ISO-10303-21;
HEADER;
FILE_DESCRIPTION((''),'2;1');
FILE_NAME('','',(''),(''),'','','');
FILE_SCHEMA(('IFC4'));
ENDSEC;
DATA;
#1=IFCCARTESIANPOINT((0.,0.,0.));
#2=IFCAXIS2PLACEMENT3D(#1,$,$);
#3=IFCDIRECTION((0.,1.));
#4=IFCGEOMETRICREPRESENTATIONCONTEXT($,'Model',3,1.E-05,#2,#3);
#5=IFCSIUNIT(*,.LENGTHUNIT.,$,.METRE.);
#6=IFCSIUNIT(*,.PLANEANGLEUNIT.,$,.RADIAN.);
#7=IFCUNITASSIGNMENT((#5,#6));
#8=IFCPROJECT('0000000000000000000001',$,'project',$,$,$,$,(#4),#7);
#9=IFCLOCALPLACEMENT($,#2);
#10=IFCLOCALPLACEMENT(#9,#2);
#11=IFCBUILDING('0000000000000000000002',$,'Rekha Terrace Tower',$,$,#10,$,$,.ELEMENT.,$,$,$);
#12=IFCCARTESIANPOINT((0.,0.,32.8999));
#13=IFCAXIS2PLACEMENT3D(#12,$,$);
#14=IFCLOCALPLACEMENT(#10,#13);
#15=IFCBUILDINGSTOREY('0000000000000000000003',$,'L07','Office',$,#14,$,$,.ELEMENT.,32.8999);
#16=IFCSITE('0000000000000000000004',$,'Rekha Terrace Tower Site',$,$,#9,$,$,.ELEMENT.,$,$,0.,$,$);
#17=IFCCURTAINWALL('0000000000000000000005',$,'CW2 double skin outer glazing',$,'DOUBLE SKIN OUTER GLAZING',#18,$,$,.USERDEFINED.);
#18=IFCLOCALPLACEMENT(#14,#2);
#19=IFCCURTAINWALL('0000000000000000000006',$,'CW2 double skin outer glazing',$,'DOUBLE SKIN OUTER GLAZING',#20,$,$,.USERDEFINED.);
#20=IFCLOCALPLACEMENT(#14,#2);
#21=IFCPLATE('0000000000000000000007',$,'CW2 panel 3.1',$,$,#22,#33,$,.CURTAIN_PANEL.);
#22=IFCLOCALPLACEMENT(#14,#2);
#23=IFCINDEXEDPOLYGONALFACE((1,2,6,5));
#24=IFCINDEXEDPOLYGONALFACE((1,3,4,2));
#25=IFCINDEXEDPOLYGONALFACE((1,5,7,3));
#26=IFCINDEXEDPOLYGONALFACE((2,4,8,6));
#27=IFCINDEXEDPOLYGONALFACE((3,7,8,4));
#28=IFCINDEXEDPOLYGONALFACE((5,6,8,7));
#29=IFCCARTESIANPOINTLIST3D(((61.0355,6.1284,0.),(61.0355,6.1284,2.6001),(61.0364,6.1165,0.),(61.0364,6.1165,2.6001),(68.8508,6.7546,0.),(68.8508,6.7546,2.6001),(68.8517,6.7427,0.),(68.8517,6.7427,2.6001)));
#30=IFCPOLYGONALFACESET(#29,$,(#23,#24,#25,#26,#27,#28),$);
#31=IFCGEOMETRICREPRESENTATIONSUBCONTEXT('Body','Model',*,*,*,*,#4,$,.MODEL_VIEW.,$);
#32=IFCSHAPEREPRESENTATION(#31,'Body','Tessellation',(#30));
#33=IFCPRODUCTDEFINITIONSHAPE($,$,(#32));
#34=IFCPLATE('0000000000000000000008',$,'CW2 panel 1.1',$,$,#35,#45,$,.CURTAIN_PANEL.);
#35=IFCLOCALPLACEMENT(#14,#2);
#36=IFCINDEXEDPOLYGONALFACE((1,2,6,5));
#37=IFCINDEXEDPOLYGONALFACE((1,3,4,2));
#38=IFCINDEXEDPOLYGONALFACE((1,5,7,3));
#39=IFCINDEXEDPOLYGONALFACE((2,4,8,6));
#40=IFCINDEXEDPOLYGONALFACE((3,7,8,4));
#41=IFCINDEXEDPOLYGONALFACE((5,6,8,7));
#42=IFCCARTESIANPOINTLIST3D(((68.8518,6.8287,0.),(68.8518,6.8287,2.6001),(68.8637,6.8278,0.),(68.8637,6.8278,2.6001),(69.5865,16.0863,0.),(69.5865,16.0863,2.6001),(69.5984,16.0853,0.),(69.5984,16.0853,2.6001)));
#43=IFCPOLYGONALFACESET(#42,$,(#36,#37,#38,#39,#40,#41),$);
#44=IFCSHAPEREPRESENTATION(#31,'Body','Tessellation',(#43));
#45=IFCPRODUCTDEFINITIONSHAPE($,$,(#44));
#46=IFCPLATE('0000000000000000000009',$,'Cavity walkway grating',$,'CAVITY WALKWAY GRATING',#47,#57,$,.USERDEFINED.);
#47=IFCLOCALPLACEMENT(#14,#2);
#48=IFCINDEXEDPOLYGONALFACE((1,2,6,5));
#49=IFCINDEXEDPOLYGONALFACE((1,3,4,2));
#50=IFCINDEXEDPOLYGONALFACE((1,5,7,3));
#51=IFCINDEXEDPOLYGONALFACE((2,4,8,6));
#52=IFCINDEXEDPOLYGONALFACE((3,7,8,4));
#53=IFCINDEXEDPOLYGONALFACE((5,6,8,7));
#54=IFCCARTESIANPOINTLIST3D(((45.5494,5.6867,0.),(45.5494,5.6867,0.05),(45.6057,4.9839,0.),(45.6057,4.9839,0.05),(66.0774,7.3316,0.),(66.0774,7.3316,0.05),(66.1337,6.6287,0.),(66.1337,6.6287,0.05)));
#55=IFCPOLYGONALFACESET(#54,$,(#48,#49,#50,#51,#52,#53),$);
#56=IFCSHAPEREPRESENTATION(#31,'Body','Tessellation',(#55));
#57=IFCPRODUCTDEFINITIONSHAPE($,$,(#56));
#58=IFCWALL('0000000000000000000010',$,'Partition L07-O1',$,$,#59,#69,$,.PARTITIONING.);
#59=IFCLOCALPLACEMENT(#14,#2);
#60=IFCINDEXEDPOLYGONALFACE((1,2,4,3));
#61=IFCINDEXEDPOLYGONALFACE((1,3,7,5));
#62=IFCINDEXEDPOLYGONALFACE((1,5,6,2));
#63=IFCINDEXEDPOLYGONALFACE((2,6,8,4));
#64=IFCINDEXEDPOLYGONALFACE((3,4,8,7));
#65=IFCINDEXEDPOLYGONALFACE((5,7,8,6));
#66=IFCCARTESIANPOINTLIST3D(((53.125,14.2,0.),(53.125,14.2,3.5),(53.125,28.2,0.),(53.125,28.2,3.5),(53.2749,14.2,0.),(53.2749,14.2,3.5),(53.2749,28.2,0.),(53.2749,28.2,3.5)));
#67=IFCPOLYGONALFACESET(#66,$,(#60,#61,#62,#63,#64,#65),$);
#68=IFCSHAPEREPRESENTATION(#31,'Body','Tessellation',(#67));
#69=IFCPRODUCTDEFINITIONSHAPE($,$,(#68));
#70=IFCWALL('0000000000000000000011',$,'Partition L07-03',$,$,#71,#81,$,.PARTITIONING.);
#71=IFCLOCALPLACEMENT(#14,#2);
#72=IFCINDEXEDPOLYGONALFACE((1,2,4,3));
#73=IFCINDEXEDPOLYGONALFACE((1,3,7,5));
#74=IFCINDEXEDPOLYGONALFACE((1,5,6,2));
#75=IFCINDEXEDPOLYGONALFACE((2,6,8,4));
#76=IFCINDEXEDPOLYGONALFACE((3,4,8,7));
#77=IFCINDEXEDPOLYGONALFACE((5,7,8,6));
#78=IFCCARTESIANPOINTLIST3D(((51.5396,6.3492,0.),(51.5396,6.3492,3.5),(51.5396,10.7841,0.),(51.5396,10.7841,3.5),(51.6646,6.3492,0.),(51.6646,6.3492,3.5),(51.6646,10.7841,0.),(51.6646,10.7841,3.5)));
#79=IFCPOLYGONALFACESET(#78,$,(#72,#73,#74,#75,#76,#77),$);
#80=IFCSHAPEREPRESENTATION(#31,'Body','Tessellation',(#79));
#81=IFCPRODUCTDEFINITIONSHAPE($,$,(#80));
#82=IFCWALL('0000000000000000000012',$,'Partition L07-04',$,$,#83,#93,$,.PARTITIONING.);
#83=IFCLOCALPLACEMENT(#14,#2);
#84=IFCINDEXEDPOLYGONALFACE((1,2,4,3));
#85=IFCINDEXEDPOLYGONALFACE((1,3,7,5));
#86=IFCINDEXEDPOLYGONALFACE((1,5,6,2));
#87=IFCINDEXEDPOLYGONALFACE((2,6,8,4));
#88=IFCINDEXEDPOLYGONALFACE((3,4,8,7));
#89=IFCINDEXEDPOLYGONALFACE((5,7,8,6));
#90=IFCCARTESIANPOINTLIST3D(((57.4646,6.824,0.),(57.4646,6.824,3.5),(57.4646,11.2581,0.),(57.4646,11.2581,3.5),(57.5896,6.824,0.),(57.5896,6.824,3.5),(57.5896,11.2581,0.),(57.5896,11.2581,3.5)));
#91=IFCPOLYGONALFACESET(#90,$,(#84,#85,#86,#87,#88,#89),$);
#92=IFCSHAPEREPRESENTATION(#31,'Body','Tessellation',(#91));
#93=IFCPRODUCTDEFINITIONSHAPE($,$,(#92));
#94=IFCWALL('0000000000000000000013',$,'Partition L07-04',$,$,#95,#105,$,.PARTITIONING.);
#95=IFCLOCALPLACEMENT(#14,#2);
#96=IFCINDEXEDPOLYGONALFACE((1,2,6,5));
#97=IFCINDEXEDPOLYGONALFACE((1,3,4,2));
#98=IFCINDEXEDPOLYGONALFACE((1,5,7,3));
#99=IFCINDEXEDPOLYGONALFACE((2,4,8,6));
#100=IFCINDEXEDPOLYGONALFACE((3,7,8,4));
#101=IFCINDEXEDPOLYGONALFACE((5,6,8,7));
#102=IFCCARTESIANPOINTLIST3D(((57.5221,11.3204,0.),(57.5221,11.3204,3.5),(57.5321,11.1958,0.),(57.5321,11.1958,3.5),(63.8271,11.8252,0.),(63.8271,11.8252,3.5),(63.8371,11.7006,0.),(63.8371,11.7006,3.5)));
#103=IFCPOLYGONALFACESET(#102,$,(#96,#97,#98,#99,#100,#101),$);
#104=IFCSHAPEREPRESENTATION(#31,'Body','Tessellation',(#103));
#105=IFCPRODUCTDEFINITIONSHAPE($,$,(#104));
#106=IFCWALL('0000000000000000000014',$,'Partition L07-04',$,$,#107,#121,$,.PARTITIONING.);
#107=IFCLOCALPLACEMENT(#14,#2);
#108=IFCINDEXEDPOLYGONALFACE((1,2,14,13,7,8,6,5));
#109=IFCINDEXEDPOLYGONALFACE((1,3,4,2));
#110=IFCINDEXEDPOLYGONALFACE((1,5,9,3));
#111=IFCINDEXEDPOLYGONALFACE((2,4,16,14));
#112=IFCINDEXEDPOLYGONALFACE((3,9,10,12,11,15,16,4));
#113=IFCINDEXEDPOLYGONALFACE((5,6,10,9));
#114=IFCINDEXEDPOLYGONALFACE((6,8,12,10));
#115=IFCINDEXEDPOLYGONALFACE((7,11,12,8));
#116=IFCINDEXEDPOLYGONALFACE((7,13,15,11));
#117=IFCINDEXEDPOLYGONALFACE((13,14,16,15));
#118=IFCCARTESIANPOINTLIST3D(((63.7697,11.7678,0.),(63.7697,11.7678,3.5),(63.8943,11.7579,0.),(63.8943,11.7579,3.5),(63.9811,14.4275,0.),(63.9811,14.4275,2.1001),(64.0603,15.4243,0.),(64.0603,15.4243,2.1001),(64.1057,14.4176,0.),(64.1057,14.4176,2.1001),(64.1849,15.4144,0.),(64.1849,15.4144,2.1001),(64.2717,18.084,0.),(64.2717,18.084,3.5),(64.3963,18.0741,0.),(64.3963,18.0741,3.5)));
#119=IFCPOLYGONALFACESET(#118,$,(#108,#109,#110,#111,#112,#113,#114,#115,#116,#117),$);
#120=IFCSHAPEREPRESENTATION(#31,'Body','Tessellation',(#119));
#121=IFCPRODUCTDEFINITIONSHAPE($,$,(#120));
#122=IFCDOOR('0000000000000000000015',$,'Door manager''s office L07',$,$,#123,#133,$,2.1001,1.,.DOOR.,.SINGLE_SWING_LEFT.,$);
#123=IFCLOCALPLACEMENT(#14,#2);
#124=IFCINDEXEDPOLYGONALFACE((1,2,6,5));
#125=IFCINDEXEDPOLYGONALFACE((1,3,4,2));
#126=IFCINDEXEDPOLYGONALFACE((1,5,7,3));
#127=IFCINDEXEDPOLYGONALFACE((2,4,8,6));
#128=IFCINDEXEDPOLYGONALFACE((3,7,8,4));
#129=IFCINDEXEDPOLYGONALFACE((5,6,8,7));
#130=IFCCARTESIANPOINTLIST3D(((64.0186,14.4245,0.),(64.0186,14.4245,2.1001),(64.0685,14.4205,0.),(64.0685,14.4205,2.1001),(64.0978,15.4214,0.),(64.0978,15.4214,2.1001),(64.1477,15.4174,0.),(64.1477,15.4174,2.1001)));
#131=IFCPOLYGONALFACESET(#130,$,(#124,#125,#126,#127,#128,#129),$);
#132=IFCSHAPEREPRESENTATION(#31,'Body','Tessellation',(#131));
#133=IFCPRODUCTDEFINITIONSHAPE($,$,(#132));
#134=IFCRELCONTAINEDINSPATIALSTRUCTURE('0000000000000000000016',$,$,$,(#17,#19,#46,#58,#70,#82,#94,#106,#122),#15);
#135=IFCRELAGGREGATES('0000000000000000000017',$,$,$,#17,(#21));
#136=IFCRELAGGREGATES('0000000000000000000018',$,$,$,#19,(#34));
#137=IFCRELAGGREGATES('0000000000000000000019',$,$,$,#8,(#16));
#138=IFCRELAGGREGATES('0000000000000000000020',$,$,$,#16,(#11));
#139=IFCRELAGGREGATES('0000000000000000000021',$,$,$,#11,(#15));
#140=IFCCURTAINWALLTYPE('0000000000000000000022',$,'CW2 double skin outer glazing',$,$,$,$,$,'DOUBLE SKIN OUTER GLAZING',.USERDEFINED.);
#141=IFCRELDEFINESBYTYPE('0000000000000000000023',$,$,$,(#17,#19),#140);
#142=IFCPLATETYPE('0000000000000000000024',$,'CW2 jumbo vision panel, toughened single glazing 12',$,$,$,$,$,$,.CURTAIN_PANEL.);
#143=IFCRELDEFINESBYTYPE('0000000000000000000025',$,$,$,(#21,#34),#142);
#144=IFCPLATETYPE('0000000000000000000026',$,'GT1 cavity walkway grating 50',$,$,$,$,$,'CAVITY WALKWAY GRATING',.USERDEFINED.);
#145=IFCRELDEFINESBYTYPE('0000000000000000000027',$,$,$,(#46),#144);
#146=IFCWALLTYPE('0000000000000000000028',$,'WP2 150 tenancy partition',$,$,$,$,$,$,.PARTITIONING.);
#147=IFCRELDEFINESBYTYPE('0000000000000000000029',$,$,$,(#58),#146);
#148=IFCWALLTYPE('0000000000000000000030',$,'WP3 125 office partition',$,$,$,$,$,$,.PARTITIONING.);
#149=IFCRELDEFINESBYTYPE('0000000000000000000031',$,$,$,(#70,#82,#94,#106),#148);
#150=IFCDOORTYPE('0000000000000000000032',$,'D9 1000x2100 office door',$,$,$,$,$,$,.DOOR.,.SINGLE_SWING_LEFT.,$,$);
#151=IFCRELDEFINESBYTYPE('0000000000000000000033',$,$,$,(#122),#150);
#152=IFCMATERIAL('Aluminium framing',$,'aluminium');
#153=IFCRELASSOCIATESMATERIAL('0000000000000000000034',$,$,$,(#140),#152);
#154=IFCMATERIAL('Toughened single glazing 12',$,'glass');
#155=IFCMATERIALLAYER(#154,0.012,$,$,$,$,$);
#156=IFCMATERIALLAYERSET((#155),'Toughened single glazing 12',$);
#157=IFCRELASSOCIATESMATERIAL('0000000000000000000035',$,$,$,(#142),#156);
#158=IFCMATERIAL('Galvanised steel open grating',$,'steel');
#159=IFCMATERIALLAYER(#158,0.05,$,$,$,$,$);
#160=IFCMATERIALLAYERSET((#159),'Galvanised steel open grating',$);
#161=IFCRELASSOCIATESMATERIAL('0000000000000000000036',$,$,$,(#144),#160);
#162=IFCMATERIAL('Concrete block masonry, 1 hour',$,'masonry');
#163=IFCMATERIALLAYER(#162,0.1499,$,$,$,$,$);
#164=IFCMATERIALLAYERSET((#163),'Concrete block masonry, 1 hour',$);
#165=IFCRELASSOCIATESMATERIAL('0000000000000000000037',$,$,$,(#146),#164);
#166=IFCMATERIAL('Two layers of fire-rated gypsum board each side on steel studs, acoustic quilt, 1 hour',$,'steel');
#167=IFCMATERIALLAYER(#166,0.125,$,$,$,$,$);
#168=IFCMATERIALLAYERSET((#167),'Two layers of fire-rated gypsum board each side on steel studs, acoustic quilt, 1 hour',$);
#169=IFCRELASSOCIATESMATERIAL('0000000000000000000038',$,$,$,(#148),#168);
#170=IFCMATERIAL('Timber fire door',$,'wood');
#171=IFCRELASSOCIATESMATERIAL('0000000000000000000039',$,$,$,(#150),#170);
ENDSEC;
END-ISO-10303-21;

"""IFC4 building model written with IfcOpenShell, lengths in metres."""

from ifc_helpers import new_model, si_unit, direction, frame, frame_2d, origin, origin_2d, place, context, subcontext, project, spatial, rectangle, extrude, material, layer, layer_set, type_object, element, fill, aggregate, save


model = new_model("IFC4")

# Units and contexts
model_context = context("Model", 3, precision=1e-05, world=origin(), true_north=direction((0.0, 1.0)))
body_context = subcontext(model_context, "Body", "Model", "MODEL_VIEW")
ifc_project = project(units=[si_unit("LENGTHUNIT", "METRE"), si_unit("PLANEANGLEUNIT", "RADIAN")], contexts=[model_context])

# Site, building, storey
site_placement = place(None, origin())
site = spatial("IfcSite", under=ifc_project, at=site_placement, Name="Rekha Terrace Tower Site", CompositionType="ELEMENT", RefElevation=0.0)
building_placement = place(site_placement, origin())
building = spatial("IfcBuilding", under=site, at=building_placement, Name="Rekha Terrace Tower", CompositionType="ELEMENT")
storey_placement = place(building_placement, frame((0.0, 0.0, 32.8999)))
storey = spatial("IfcBuildingStorey", under=building, at=storey_placement, Name="L07", Description="Office", CompositionType="ELEMENT", Elevation=32.8999)

# Curtain wall
ifc_material_1 = material(Name="Aluminium framing", Category="aluminium")
curtain_wall_type_1 = type_object("IfcCurtainWallType", Name="CW2 double skin outer glazing", ElementType="DOUBLE SKIN OUTER GLAZING", PredefinedType="USERDEFINED", material=ifc_material_1)
curtain_wall_1_placement = place(storey_placement, origin())
curtain_wall_1 = element("IfcCurtainWall", 1, at=curtain_wall_1_placement, inside=storey, type_object=curtain_wall_type_1, Name="CW2 double skin outer glazing", ObjectType="DOUBLE SKIN OUTER GLAZING", PredefinedType="USERDEFINED")

# Curtain wall
curtain_wall_2_placement = place(storey_placement, origin())
curtain_wall_2 = element("IfcCurtainWall", 2, at=curtain_wall_2_placement, inside=storey, type_object=curtain_wall_type_1, Name="CW2 double skin outer glazing", ObjectType="DOUBLE SKIN OUTER GLAZING", PredefinedType="USERDEFINED")

# Plates
ifc_material_2 = material(Name="Toughened single glazing 12", Category="glass")
ifc_layer_1 = layer(ifc_material_2, 0.012)
ifc_layer_set_1 = layer_set([ifc_layer_1], Name="Toughened single glazing 12")
plate_type_1 = type_object("IfcPlateType", Name="CW2 jumbo vision panel, toughened single glazing 12", PredefinedType="CURTAIN_PANEL", material=ifc_layer_set_1)
plate_1_placement = place(storey_placement, frame((64.9436, 6.4355, 0.0), z_axis=(0.0, 0.0, 1.0), x_axis=(0.996805, 0.079872, 0.0)))
plate_1 = element("IfcPlate", 3, at=plate_1_placement, type_object=plate_type_1, Name="CW2 panel 3.1", PredefinedType="CURTAIN_PANEL", context=body_context, shape_type="SweptSolid", body=[
    extrude(rectangle(XDim=7.8403, YDim=0.012, at=origin_2d()), origin(), (0.0, 0.0, 1.0), 2.6001),
])
aggregate(curtain_wall_1, [plate_1])
plate_2_placement = place(storey_placement, frame((69.2251, 11.457, 0.0), z_axis=(0.0, 0.0, 1.0), x_axis=(0.079116, 0.996865, 0.0)))
plate_2 = element("IfcPlate", 4, at=plate_2_placement, type_object=plate_type_1, Name="CW2 panel 1.1", PredefinedType="CURTAIN_PANEL", context=body_context, shape_type="SweptSolid", body=[
    extrude(rectangle(XDim=9.2866, YDim=0.012, at=origin_2d()), origin(), (0.0, 0.0, 1.0), 2.6001),
])
aggregate(curtain_wall_2, [plate_2])
ifc_material_3 = material(Name="Galvanised steel open grating", Category="steel")
ifc_layer_2 = layer(ifc_material_3, 0.05)
ifc_layer_set_2 = layer_set([ifc_layer_2], Name="Galvanised steel open grating")
plate_type_2 = type_object("IfcPlateType", Name="GT1 cavity walkway grating 50", ElementType="CAVITY WALKWAY GRATING", PredefinedType="USERDEFINED", material=ifc_layer_set_2)
plate_3_placement = place(storey_placement, frame((55.8416, 6.1577, 0.0), z_axis=(0.0, 0.0, 1.0), x_axis=(0.996805, 0.079872, 0.0)))
element("IfcPlate", 5, at=plate_3_placement, inside=storey, type_object=plate_type_2, Name="Cavity walkway grating", ObjectType="CAVITY WALKWAY GRATING", PredefinedType="USERDEFINED", context=body_context, shape_type="SweptSolid", body=[
    extrude(rectangle(XDim=20.5938, YDim=0.7051, at=origin_2d()), origin(), (0.0, 0.0, 1.0), 0.05),
])

# Walls
ifc_material_4 = material(Name="Concrete block masonry, 1 hour", Category="masonry")
ifc_layer_3 = layer(ifc_material_4, 0.1499)
ifc_layer_set_3 = layer_set([ifc_layer_3], Name="Concrete block masonry, 1 hour")
wall_type_1 = type_object("IfcWallType", Name="WP2 150 tenancy partition", PredefinedType="PARTITIONING", material=ifc_layer_set_3)
wall_1_placement = place(storey_placement, frame((53.2, 14.2, 0.0), z_axis=(0.0, 0.0, 1.0), x_axis=(0.0, 1.0, 0.0)))
element("IfcWall", 6, at=wall_1_placement, inside=storey, type_object=wall_type_1, Name="Partition L07-O1", PredefinedType="PARTITIONING", context=body_context, shape_type="SweptSolid", body=[
    extrude(rectangle(XDim=14.0, YDim=0.1499, at=frame_2d((7.0, 0.0))), origin(), (0.0, 0.0, 1.0), 3.5),
])
ifc_material_5 = material(Name="Two layers of fire-rated gypsum board each side on steel studs, acoustic quilt, 1 hour", Category="steel")
ifc_layer_4 = layer(ifc_material_5, 0.125)
ifc_layer_set_4 = layer_set([ifc_layer_4], Name="Two layers of fire-rated gypsum board each side on steel studs, acoustic quilt, 1 hour")
wall_type_2 = type_object("IfcWallType", Name="WP3 125 office partition", PredefinedType="PARTITIONING", material=ifc_layer_set_4)
wall_2_placement = place(storey_placement, frame((51.6021, 10.7839, 0.0), z_axis=(0.0, 0.0, 1.0), x_axis=(0.0, -1.0, 0.0)))
element("IfcWall", 7, at=wall_2_placement, inside=storey, type_object=wall_type_2, Name="Partition L07-03", PredefinedType="PARTITIONING", context=body_context, shape_type="SweptSolid", body=[
    extrude(rectangle(XDim=4.4348, YDim=0.125, at=frame_2d((2.2173, 0.0))), origin(), (0.0, 0.0, 1.0), 3.5),
])
wall_3_placement = place(storey_placement, frame((57.5271, 6.824, 0.0), z_axis=(0.0, 0.0, 1.0), x_axis=(0.0, 1.0, 0.0)))
element("IfcWall", 8, at=wall_3_placement, inside=storey, type_object=wall_type_2, Name="Partition L07-04", PredefinedType="PARTITIONING", context=body_context, shape_type="SweptSolid", body=[
    extrude(rectangle(XDim=4.4341, YDim=0.125, at=frame_2d((2.217, 0.0))), origin(), (0.0, 0.0, 1.0), 3.5),
])
wall_4_placement = place(storey_placement, frame((57.5271, 11.2581, 0.0), z_axis=(0.0, 0.0, 1.0), x_axis=(0.996809, 0.079822, 0.0)))
element("IfcWall", 9, at=wall_4_placement, inside=storey, type_object=wall_type_2, Name="Partition L07-04", PredefinedType="PARTITIONING", context=body_context, shape_type="SweptSolid", body=[
    extrude(rectangle(XDim=6.3252, YDim=0.125, at=frame_2d((3.1626, 0.0))), origin(), (0.0, 0.0, 1.0), 3.5),
])

# Wall, opening, door
wall_5_placement = place(storey_placement, frame((63.832, 11.7629, 0.0), z_axis=(0.0, 0.0, 1.0), x_axis=(0.079221, 0.996857, 0.0)))
wall_5 = element("IfcWall", 10, at=wall_5_placement, inside=storey, type_object=wall_type_2, Name="Partition L07-04", PredefinedType="PARTITIONING", context=body_context, shape_type="SweptSolid", body=[
    extrude(rectangle(XDim=6.3362, YDim=0.125, at=frame_2d((3.168, 0.0))), origin(), (0.0, 0.0, 1.0), 3.5),
])
opening_placement = place(wall_5_placement, frame((2.668, 0.0, 0.0)))
opening = element("IfcOpeningElement", 11, at=opening_placement, cuts=wall_5, PredefinedType="OPENING", context=body_context, shape_type="SweptSolid", body=[
    extrude(rectangle(XDim=1.0, YDim=2.1001, at=frame_2d((0.5, 1.05))), frame((0.0, 0.0725, 0.0), z_axis=(0.0, -1.0, 0.0), x_axis=(1.0, 0.0, 0.0)), (0.0, 0.0, 1.0), 0.145),
])
ifc_material_6 = material(Name="Timber fire door", Category="wood")
door_type = type_object("IfcDoorType", Name="D9 1000x2100 office door", OperationType="SINGLE_SWING_LEFT", PredefinedType="DOOR", material=ifc_material_6)
door_placement = place(opening_placement, origin())
door = element("IfcDoor", 12, at=door_placement, inside=storey, type_object=door_type, Name="Door manager's office L07", OperationType="SINGLE_SWING_LEFT", OverallHeight=2.1001, OverallWidth=1.0, PredefinedType="DOOR", context=body_context, shape_type="SweptSolid", body=[
    extrude(rectangle(XDim=1.0, YDim=2.1001, at=frame_2d((0.5, 1.05))), frame((0.0, 0.0249, 0.0), z_axis=(0.0, -1.0, 0.0), x_axis=(1.0, 0.0, 0.0)), (0.0, 0.0, 1.0), 0.05),
])
fill(opening, door)

save(model, "model.ifc")
